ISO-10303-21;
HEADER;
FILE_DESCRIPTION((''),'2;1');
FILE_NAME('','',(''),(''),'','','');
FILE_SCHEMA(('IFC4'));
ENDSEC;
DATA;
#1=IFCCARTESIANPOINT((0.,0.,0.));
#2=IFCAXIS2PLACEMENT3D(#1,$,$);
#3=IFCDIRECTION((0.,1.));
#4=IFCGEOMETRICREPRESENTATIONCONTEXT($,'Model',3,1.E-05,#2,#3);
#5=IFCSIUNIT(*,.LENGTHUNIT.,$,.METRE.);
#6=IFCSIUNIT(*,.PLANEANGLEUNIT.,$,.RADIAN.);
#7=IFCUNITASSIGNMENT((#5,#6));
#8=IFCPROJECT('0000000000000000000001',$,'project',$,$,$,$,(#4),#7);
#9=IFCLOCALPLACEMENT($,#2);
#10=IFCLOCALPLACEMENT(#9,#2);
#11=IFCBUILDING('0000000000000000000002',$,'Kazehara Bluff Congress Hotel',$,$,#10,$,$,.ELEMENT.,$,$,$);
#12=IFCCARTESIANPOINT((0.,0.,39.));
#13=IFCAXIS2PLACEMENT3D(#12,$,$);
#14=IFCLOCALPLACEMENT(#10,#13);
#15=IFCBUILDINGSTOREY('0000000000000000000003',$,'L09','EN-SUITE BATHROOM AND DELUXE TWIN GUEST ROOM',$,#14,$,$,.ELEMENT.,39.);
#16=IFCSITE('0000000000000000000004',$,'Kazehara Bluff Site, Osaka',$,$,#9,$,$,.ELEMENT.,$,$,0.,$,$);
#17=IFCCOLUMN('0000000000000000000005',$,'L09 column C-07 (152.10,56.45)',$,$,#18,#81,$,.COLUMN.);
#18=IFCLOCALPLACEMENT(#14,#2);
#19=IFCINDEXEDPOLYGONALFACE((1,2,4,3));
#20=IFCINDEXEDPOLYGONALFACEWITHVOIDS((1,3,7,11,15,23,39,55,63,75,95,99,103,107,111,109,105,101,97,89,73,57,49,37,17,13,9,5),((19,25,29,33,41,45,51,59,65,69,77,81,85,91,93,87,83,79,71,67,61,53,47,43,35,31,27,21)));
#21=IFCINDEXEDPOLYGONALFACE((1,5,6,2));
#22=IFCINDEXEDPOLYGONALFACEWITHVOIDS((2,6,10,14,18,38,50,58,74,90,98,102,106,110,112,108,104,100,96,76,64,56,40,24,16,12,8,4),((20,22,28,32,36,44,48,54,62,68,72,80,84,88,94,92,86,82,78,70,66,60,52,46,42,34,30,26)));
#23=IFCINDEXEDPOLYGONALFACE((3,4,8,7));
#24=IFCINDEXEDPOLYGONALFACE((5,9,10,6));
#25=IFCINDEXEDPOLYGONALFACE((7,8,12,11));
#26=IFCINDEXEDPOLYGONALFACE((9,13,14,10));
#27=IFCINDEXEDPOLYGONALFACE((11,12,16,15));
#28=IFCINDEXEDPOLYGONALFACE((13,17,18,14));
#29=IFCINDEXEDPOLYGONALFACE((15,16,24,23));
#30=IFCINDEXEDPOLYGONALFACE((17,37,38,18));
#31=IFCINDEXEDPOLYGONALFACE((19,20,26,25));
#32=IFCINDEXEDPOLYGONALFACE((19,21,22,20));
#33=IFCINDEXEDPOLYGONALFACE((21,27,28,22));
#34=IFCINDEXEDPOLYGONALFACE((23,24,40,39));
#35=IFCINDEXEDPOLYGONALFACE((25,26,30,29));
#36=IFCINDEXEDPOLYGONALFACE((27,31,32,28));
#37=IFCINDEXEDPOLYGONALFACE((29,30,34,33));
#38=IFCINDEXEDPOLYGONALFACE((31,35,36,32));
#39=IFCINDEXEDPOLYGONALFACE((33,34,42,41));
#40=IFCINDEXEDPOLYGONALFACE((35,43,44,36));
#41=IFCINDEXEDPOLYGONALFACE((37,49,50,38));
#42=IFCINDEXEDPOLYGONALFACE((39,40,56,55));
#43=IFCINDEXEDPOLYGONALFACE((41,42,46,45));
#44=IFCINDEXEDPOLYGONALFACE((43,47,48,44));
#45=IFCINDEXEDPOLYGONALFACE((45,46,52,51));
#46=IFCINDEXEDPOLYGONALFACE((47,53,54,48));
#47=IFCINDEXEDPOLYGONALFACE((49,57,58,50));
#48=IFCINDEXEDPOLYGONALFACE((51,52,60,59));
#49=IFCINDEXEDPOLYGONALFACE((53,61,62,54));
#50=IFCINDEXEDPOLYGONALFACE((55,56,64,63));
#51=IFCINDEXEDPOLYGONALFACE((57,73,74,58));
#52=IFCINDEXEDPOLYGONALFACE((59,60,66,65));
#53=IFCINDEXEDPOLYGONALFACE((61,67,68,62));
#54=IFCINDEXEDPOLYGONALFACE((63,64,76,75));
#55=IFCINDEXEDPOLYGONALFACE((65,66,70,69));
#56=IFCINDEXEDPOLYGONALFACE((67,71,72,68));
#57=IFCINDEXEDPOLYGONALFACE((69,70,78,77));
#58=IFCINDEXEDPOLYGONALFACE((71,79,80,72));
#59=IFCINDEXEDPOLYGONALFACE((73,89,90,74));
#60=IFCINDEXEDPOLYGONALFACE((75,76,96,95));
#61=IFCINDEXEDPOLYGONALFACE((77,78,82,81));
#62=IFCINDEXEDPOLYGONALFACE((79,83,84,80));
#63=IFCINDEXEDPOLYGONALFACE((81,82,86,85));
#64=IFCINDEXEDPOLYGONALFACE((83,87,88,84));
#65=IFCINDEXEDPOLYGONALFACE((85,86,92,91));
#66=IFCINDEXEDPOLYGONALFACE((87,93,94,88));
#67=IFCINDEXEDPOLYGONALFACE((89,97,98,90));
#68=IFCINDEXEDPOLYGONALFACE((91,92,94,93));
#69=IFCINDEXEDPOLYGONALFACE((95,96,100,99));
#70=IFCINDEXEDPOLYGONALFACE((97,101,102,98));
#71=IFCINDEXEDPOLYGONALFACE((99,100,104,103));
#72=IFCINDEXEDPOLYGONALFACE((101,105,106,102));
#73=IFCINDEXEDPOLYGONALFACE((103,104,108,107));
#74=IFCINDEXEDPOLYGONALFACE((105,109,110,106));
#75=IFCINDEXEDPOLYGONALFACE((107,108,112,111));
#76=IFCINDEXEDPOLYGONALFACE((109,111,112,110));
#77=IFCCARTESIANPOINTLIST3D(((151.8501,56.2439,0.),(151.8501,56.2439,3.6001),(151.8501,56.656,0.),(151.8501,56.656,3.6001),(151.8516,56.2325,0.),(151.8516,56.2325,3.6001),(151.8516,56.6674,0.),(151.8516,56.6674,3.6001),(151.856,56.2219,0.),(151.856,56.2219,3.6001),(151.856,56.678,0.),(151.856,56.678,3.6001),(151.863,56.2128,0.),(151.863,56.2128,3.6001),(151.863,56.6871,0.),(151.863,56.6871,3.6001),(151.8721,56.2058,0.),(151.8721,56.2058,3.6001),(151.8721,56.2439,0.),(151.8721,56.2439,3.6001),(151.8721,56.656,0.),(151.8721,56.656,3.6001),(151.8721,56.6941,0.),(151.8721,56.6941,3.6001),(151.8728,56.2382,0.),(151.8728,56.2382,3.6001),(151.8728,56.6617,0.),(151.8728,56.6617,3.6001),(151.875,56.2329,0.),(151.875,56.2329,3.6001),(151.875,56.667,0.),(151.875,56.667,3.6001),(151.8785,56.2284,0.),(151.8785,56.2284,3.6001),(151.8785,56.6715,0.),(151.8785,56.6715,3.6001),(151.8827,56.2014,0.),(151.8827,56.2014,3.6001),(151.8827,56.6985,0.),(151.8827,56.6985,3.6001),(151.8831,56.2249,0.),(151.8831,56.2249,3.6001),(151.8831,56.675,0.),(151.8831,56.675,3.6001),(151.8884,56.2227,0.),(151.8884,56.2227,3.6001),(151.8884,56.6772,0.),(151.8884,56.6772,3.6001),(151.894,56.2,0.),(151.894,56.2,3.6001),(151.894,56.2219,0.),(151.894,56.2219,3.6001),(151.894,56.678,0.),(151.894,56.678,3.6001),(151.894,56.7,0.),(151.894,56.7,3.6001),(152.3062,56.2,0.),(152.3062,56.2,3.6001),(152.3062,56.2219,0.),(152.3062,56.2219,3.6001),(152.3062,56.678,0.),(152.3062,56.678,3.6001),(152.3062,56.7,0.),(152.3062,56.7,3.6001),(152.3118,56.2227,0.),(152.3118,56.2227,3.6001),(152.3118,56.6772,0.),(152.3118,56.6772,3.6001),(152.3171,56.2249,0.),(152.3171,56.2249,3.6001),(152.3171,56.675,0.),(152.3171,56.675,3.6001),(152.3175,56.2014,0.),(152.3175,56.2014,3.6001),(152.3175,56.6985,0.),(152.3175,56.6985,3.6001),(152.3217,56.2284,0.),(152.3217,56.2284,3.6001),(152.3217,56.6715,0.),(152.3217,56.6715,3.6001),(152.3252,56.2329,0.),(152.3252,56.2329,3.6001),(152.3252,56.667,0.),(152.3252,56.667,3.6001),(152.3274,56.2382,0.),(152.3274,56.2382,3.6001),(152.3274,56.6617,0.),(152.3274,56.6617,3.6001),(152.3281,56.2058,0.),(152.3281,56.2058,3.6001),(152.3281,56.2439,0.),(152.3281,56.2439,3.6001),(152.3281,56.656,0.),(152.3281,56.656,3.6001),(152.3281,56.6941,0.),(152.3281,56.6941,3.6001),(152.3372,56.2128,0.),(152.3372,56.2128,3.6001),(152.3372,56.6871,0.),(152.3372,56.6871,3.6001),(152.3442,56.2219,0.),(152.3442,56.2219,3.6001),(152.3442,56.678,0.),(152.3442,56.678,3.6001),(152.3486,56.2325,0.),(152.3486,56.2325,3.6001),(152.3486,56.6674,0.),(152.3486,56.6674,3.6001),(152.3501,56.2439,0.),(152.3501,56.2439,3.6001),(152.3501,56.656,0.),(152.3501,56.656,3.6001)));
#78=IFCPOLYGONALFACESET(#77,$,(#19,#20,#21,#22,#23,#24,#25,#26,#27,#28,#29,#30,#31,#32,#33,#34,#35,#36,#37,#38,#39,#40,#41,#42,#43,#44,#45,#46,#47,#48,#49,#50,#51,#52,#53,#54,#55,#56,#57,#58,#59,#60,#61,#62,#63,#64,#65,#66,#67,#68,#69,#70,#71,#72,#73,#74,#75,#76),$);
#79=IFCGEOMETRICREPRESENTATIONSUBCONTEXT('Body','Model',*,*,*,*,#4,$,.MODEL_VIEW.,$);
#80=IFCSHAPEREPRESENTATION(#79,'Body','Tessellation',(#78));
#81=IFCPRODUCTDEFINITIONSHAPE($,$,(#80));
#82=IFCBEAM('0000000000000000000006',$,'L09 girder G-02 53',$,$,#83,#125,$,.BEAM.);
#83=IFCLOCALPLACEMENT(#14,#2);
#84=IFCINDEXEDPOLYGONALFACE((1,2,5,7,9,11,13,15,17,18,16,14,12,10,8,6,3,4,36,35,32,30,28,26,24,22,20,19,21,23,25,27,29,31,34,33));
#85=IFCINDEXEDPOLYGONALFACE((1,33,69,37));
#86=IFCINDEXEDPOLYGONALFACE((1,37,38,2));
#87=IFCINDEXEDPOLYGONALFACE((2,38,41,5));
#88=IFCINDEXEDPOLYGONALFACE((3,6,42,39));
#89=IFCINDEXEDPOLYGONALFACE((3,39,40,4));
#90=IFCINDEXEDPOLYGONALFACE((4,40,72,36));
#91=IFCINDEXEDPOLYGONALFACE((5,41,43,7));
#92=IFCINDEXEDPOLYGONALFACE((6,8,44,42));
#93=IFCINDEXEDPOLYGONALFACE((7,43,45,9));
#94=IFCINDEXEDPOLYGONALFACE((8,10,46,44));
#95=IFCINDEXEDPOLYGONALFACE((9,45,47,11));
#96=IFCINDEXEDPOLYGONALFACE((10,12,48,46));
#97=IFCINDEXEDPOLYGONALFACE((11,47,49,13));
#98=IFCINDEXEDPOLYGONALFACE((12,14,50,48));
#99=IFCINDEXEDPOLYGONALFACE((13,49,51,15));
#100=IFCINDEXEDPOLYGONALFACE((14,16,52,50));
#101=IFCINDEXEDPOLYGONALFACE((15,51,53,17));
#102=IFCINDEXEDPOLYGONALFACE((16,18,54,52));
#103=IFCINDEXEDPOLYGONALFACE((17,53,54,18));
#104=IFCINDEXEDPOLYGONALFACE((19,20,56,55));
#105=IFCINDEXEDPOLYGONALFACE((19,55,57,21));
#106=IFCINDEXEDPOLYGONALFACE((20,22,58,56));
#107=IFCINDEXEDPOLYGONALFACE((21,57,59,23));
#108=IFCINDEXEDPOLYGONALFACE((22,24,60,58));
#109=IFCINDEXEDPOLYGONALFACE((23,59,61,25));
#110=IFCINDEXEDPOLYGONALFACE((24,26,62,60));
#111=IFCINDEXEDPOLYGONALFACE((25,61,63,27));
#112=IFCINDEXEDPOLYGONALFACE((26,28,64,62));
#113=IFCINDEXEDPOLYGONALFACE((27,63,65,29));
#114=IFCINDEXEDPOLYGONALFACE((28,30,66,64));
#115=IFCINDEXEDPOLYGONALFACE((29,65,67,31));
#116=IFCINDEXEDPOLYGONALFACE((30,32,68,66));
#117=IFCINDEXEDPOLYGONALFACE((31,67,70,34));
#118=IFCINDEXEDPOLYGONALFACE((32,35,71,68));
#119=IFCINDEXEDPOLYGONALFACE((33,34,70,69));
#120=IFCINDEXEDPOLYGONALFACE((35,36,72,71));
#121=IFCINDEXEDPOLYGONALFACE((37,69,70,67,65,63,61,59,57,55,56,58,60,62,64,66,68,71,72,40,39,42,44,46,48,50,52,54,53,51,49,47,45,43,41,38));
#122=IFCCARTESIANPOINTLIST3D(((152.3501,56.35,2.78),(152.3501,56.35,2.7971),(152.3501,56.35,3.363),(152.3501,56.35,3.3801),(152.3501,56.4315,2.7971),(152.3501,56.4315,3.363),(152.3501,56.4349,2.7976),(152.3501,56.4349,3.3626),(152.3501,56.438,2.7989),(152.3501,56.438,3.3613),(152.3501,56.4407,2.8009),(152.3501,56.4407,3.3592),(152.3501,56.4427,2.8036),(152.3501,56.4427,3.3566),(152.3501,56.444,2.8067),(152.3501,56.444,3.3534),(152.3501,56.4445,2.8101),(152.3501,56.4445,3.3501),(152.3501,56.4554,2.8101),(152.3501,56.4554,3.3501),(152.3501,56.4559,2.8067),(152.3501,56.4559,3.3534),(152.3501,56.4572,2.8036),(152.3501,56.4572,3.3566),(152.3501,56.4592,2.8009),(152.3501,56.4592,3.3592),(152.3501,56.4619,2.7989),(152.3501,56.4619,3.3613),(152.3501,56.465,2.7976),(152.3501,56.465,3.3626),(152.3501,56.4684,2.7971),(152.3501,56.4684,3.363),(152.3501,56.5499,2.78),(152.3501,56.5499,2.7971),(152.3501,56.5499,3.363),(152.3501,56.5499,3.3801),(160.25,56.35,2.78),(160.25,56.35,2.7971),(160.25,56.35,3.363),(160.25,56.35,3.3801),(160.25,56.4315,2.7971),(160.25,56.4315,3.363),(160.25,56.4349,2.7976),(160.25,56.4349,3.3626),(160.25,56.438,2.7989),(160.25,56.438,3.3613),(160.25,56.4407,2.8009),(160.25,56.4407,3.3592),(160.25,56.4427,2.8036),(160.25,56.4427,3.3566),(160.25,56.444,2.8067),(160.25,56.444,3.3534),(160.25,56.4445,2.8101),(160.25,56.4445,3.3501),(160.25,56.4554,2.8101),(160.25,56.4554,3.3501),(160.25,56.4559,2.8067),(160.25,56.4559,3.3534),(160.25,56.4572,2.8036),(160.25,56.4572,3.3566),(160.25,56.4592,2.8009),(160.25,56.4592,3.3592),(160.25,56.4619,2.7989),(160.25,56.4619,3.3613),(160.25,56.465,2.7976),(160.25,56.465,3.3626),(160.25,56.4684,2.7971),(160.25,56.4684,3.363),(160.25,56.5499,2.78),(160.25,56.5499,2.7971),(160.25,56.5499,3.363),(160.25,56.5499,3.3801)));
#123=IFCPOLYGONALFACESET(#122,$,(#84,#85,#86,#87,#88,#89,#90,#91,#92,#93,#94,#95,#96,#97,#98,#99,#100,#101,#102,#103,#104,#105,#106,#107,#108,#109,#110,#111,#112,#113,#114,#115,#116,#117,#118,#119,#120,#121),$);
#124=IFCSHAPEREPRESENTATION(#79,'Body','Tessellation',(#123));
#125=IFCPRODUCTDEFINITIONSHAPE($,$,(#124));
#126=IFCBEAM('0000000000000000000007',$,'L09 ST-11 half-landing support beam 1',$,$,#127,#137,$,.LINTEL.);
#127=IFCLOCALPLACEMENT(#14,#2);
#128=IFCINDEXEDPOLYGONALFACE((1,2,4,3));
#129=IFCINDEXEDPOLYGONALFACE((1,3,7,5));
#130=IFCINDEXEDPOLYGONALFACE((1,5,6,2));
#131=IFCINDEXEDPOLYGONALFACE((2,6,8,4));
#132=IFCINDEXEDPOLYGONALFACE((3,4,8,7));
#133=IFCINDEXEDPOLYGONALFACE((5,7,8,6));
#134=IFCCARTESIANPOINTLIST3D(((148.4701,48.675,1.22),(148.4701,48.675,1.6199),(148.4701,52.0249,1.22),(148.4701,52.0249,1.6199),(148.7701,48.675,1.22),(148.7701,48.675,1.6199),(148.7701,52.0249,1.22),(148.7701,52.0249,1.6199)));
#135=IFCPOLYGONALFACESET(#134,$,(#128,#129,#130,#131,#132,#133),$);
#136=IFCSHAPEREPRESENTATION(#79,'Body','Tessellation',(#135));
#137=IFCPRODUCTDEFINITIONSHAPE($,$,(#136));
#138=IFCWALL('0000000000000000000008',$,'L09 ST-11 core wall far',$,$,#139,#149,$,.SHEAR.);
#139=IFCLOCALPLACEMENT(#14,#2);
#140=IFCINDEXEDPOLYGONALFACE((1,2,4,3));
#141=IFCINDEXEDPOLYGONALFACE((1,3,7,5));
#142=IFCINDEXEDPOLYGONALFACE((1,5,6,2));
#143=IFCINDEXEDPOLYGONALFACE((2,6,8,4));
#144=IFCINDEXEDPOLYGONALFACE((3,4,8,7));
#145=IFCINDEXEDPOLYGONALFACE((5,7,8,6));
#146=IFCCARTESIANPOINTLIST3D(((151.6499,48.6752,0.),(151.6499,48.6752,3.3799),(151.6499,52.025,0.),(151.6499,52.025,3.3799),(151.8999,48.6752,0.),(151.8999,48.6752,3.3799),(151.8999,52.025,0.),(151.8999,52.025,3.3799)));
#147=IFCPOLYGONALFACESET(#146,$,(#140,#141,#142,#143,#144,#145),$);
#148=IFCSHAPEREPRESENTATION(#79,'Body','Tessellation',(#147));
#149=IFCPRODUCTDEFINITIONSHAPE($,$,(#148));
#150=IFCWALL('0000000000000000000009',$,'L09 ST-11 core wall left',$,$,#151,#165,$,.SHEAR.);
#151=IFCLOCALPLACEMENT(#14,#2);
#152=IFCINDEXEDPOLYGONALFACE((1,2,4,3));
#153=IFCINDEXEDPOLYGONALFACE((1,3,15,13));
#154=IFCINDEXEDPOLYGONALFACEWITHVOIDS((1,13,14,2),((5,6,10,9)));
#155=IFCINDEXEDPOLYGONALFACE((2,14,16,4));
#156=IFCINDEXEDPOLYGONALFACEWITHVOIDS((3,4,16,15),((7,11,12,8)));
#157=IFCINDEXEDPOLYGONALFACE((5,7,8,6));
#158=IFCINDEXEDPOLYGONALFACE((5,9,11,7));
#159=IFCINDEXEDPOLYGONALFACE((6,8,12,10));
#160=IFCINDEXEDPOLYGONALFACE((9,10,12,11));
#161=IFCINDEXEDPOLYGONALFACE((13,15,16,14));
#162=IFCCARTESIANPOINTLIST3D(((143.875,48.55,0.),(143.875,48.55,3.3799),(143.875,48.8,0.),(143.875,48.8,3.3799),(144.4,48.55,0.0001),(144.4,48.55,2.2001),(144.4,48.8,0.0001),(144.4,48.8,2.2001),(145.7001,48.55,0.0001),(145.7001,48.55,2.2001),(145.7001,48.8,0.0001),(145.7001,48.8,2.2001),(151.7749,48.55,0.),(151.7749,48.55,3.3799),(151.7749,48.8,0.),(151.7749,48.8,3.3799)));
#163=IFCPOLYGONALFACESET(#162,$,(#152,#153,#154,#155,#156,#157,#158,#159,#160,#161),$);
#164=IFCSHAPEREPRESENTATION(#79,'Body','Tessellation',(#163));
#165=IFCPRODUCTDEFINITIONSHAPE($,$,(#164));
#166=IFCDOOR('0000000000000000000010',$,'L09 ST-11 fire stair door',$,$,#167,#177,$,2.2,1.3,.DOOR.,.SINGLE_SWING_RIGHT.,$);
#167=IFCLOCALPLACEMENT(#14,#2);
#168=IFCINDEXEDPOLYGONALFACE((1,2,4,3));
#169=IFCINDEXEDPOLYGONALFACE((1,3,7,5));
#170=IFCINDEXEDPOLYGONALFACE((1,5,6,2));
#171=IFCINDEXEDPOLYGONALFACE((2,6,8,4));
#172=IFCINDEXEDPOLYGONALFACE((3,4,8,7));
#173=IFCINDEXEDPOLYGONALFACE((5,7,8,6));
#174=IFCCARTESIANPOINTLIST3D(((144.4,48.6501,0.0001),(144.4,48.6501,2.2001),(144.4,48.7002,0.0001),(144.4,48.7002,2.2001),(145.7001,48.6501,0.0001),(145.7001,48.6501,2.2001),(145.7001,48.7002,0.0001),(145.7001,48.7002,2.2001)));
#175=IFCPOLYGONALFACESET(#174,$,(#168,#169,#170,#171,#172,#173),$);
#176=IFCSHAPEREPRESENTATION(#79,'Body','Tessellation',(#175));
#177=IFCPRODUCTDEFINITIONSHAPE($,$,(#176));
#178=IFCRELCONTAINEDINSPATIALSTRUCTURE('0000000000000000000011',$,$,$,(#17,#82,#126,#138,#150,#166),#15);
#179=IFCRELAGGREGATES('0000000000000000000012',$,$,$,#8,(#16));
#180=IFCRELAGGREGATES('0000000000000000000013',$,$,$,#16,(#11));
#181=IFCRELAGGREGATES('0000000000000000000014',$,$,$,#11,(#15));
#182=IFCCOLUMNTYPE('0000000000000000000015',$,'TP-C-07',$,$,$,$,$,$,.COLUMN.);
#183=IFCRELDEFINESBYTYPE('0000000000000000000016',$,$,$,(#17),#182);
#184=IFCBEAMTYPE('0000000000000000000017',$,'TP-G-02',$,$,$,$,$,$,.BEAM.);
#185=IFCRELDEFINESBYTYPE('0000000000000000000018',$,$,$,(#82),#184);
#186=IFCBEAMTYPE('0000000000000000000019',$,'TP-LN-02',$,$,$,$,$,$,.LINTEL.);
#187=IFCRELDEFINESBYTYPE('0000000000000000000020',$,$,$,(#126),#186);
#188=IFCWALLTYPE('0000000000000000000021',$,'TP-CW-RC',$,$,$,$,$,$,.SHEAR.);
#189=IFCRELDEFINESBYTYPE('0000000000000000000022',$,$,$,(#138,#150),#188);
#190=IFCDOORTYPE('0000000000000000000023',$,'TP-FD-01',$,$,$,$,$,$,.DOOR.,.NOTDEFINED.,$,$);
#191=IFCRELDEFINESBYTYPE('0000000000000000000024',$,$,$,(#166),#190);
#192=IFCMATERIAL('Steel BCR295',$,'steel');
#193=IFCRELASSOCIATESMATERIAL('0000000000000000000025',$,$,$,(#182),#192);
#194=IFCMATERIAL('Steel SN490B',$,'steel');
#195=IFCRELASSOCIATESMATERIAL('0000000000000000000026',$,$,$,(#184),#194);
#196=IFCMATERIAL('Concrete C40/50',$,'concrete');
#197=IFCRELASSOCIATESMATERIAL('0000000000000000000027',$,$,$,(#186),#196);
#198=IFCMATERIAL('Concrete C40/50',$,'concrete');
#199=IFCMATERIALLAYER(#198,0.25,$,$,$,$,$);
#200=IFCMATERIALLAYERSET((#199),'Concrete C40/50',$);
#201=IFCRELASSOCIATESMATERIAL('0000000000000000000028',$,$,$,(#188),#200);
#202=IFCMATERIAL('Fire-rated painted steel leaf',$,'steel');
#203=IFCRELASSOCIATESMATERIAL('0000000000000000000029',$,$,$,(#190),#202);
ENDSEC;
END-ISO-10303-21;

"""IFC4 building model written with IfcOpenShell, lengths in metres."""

from ifc_helpers import new_model, si_unit, direction, frame, frame_2d, origin, origin_2d, place, context, subcontext, project, spatial, rectangle, hollow_rectangle, i_section, extrude, material, layer, layer_set, material_profile, profile_set, type_object, element, fill, save


model = new_model("IFC4")

# Units and contexts
model_context = context("Model", 3, precision=1e-05, world=origin(), true_north=direction((0.0, 1.0)))
body_context = subcontext(model_context, "Body", "Model", "MODEL_VIEW")
ifc_project = project(units=[si_unit("LENGTHUNIT", "METRE"), si_unit("PLANEANGLEUNIT", "RADIAN")], contexts=[model_context])

# Site, building, storey
site_placement = place(None, origin())
site = spatial("IfcSite", under=ifc_project, at=site_placement, Name="Kazehara Bluff Site, Osaka", CompositionType="ELEMENT", RefElevation=0.0)
building_placement = place(site_placement, origin())
building = spatial("IfcBuilding", under=site, at=building_placement, Name="Kazehara Bluff Congress Hotel", CompositionType="ELEMENT")
storey_placement = place(building_placement, frame((0.0, 0.0, 39.0)))
storey = spatial("IfcBuildingStorey", under=building, at=storey_placement, Name="L09", Description="EN-SUITE BATHROOM AND DELUXE TWIN GUEST ROOM", CompositionType="ELEMENT", Elevation=39.0)

# Column
ifc_material_1 = material(Name="Steel BCR295", Category="steel")
ifc_material_profile_1 = material_profile(ifc_material_1, hollow_rectangle(XDim=0.5, YDim=0.5, WallThickness=0.022, InnerFilletRadius=0.022, OuterFilletRadius=0.0439, at=origin_2d()))
ifc_profile_set_1 = profile_set([ifc_material_profile_1], Name="Steel BCR295")
column_type = type_object("IfcColumnType", Name="TP-C-07", PredefinedType="COLUMN", material=ifc_profile_set_1)
column_placement = place(storey_placement, frame((152.1001, 56.45, 0.0), z_axis=(0.0, 0.0, 1.0), x_axis=(1.0, 0.0, 0.0)))
element("IfcColumn", 1, at=column_placement, inside=storey, type_object=column_type, Name="L09 column C-07 (152.10,56.45)", PredefinedType="COLUMN", context=body_context, shape_type="SweptSolid", body=[
    extrude(hollow_rectangle(XDim=0.5, YDim=0.5, WallThickness=0.022, InnerFilletRadius=0.022, OuterFilletRadius=0.0439, at=origin_2d()), origin(), (0.0, 0.0, 1.0), 3.6001),
])

# Beams
ifc_material_2 = material(Name="Steel SN490B", Category="steel")
ifc_material_profile_2 = material_profile(ifc_material_2, i_section(OverallWidth=0.2, OverallDepth=0.6001, WebThickness=0.011, FlangeThickness=0.0171, FilletRadius=0.0129, at=origin_2d()))
ifc_profile_set_2 = profile_set([ifc_material_profile_2], Name="Steel SN490B")
beam_type_1 = type_object("IfcBeamType", Name="TP-G-02", PredefinedType="BEAM", material=ifc_profile_set_2)
beam_1_placement = place(storey_placement, frame((152.3501, 56.45, 3.0801), z_axis=(1.0, 0.0, 0.0), x_axis=(0.0, 1.0, 0.0)))
element("IfcBeam", 2, at=beam_1_placement, inside=storey, type_object=beam_type_1, Name="L09 girder G-02 53", PredefinedType="BEAM", context=body_context, shape_type="SweptSolid", body=[
    extrude(i_section(OverallWidth=0.2, OverallDepth=0.6001, WebThickness=0.011, FlangeThickness=0.0171, FilletRadius=0.0129, at=origin_2d()), origin(), (0.0, 0.0, 1.0), 7.8999),
])
ifc_material_3 = material(Name="Concrete C40/50", Category="concrete")
ifc_material_profile_3 = material_profile(ifc_material_3, rectangle(XDim=0.3, YDim=0.3999, at=origin_2d()))
ifc_profile_set_3 = profile_set([ifc_material_profile_3], Name="Concrete C40/50")
beam_type_2 = type_object("IfcBeamType", Name="TP-LN-02", PredefinedType="LINTEL", material=ifc_profile_set_3)
beam_2_placement = place(storey_placement, frame((148.6201, 48.675, 1.4199), z_axis=(0.0, 1.0, 0.0), x_axis=(-1.0, 0.0, 0.0)))
element("IfcBeam", 3, at=beam_2_placement, inside=storey, type_object=beam_type_2, Name="L09 ST-11 half-landing support beam 1", PredefinedType="LINTEL", context=body_context, shape_type="SweptSolid", body=[
    extrude(rectangle(XDim=0.3, YDim=0.3999, at=origin_2d()), origin(), (0.0, 0.0, 1.0), 3.3499),
])

# Wall
ifc_material_4 = material(Name="Concrete C40/50", Category="concrete")
ifc_layer_1 = layer(ifc_material_4, 0.25)
ifc_layer_set_1 = layer_set([ifc_layer_1], Name="Concrete C40/50")
wall_type_1 = type_object("IfcWallType", Name="TP-CW-RC", PredefinedType="SHEAR", material=ifc_layer_set_1)
wall_1_placement = place(storey_placement, frame((151.7749, 52.0249, 0.0), z_axis=(0.0, 0.0, 1.0), x_axis=(0.0, -1.0, 0.0)))
element("IfcWall", 4, at=wall_1_placement, inside=storey, type_object=wall_type_1, Name="L09 ST-11 core wall far", PredefinedType="SHEAR", context=body_context, shape_type="SweptSolid", body=[
    extrude(rectangle(XDim=3.3499, YDim=0.25, at=frame_2d((1.6748, 0.0))), origin(), (0.0, 0.0, 1.0), 3.3799),
])

# Wall, opening, door
wall_2_placement = place(storey_placement, frame((151.7749, 48.675, 0.0), z_axis=(0.0, 0.0, 1.0), x_axis=(-1.0, 0.0, 0.0)))
wall_2 = element("IfcWall", 5, at=wall_2_placement, inside=storey, type_object=wall_type_1, Name="L09 ST-11 core wall left", PredefinedType="SHEAR", context=body_context, shape_type="SweptSolid", body=[
    extrude(rectangle(XDim=7.8999, YDim=0.25, at=frame_2d((3.95, 0.0))), origin(), (0.0, 0.0, 1.0), 3.3799),
])
opening_1_placement = place(wall_2_placement, frame((6.075, 0.0, 0.0)))
opening_1 = element("IfcOpeningElement", 6, at=opening_1_placement, cuts=wall_2, PredefinedType="OPENING", context=body_context, shape_type="SweptSolid", body=[
    extrude(rectangle(XDim=1.3, YDim=2.2, at=frame_2d((0.6499, 1.1001))), frame((0.0, 0.135, 0.0), z_axis=(0.0, -1.0, 0.0), x_axis=(1.0, 0.0, 0.0)), (0.0, 0.0, 1.0), 0.27),
])
ifc_material_5 = material(Name="Fire-rated painted steel leaf", Category="steel")
door_type_1 = type_object("IfcDoorType", Name="TP-FD-01", OperationType="NOTDEFINED", PredefinedType="DOOR", material=ifc_material_5)
door_1_placement = place(opening_1_placement, origin())
door_1 = element("IfcDoor", 7, at=door_1_placement, inside=storey, type_object=door_type_1, Name="L09 ST-11 fire stair door", OperationType="SINGLE_SWING_RIGHT", OverallHeight=2.2, OverallWidth=1.3, PredefinedType="DOOR", context=body_context, shape_type="SweptSolid", body=[
    extrude(rectangle(XDim=1.3, YDim=2.2, at=frame_2d((0.6499, 1.1001))), frame((0.0, 0.0249, 0.0), z_axis=(0.0, -1.0, 0.0), x_axis=(1.0, 0.0, 0.0)), (0.0, 0.0, 1.0), 0.05),
])
fill(opening_1, door_1)

save(model, "model.ifc")
